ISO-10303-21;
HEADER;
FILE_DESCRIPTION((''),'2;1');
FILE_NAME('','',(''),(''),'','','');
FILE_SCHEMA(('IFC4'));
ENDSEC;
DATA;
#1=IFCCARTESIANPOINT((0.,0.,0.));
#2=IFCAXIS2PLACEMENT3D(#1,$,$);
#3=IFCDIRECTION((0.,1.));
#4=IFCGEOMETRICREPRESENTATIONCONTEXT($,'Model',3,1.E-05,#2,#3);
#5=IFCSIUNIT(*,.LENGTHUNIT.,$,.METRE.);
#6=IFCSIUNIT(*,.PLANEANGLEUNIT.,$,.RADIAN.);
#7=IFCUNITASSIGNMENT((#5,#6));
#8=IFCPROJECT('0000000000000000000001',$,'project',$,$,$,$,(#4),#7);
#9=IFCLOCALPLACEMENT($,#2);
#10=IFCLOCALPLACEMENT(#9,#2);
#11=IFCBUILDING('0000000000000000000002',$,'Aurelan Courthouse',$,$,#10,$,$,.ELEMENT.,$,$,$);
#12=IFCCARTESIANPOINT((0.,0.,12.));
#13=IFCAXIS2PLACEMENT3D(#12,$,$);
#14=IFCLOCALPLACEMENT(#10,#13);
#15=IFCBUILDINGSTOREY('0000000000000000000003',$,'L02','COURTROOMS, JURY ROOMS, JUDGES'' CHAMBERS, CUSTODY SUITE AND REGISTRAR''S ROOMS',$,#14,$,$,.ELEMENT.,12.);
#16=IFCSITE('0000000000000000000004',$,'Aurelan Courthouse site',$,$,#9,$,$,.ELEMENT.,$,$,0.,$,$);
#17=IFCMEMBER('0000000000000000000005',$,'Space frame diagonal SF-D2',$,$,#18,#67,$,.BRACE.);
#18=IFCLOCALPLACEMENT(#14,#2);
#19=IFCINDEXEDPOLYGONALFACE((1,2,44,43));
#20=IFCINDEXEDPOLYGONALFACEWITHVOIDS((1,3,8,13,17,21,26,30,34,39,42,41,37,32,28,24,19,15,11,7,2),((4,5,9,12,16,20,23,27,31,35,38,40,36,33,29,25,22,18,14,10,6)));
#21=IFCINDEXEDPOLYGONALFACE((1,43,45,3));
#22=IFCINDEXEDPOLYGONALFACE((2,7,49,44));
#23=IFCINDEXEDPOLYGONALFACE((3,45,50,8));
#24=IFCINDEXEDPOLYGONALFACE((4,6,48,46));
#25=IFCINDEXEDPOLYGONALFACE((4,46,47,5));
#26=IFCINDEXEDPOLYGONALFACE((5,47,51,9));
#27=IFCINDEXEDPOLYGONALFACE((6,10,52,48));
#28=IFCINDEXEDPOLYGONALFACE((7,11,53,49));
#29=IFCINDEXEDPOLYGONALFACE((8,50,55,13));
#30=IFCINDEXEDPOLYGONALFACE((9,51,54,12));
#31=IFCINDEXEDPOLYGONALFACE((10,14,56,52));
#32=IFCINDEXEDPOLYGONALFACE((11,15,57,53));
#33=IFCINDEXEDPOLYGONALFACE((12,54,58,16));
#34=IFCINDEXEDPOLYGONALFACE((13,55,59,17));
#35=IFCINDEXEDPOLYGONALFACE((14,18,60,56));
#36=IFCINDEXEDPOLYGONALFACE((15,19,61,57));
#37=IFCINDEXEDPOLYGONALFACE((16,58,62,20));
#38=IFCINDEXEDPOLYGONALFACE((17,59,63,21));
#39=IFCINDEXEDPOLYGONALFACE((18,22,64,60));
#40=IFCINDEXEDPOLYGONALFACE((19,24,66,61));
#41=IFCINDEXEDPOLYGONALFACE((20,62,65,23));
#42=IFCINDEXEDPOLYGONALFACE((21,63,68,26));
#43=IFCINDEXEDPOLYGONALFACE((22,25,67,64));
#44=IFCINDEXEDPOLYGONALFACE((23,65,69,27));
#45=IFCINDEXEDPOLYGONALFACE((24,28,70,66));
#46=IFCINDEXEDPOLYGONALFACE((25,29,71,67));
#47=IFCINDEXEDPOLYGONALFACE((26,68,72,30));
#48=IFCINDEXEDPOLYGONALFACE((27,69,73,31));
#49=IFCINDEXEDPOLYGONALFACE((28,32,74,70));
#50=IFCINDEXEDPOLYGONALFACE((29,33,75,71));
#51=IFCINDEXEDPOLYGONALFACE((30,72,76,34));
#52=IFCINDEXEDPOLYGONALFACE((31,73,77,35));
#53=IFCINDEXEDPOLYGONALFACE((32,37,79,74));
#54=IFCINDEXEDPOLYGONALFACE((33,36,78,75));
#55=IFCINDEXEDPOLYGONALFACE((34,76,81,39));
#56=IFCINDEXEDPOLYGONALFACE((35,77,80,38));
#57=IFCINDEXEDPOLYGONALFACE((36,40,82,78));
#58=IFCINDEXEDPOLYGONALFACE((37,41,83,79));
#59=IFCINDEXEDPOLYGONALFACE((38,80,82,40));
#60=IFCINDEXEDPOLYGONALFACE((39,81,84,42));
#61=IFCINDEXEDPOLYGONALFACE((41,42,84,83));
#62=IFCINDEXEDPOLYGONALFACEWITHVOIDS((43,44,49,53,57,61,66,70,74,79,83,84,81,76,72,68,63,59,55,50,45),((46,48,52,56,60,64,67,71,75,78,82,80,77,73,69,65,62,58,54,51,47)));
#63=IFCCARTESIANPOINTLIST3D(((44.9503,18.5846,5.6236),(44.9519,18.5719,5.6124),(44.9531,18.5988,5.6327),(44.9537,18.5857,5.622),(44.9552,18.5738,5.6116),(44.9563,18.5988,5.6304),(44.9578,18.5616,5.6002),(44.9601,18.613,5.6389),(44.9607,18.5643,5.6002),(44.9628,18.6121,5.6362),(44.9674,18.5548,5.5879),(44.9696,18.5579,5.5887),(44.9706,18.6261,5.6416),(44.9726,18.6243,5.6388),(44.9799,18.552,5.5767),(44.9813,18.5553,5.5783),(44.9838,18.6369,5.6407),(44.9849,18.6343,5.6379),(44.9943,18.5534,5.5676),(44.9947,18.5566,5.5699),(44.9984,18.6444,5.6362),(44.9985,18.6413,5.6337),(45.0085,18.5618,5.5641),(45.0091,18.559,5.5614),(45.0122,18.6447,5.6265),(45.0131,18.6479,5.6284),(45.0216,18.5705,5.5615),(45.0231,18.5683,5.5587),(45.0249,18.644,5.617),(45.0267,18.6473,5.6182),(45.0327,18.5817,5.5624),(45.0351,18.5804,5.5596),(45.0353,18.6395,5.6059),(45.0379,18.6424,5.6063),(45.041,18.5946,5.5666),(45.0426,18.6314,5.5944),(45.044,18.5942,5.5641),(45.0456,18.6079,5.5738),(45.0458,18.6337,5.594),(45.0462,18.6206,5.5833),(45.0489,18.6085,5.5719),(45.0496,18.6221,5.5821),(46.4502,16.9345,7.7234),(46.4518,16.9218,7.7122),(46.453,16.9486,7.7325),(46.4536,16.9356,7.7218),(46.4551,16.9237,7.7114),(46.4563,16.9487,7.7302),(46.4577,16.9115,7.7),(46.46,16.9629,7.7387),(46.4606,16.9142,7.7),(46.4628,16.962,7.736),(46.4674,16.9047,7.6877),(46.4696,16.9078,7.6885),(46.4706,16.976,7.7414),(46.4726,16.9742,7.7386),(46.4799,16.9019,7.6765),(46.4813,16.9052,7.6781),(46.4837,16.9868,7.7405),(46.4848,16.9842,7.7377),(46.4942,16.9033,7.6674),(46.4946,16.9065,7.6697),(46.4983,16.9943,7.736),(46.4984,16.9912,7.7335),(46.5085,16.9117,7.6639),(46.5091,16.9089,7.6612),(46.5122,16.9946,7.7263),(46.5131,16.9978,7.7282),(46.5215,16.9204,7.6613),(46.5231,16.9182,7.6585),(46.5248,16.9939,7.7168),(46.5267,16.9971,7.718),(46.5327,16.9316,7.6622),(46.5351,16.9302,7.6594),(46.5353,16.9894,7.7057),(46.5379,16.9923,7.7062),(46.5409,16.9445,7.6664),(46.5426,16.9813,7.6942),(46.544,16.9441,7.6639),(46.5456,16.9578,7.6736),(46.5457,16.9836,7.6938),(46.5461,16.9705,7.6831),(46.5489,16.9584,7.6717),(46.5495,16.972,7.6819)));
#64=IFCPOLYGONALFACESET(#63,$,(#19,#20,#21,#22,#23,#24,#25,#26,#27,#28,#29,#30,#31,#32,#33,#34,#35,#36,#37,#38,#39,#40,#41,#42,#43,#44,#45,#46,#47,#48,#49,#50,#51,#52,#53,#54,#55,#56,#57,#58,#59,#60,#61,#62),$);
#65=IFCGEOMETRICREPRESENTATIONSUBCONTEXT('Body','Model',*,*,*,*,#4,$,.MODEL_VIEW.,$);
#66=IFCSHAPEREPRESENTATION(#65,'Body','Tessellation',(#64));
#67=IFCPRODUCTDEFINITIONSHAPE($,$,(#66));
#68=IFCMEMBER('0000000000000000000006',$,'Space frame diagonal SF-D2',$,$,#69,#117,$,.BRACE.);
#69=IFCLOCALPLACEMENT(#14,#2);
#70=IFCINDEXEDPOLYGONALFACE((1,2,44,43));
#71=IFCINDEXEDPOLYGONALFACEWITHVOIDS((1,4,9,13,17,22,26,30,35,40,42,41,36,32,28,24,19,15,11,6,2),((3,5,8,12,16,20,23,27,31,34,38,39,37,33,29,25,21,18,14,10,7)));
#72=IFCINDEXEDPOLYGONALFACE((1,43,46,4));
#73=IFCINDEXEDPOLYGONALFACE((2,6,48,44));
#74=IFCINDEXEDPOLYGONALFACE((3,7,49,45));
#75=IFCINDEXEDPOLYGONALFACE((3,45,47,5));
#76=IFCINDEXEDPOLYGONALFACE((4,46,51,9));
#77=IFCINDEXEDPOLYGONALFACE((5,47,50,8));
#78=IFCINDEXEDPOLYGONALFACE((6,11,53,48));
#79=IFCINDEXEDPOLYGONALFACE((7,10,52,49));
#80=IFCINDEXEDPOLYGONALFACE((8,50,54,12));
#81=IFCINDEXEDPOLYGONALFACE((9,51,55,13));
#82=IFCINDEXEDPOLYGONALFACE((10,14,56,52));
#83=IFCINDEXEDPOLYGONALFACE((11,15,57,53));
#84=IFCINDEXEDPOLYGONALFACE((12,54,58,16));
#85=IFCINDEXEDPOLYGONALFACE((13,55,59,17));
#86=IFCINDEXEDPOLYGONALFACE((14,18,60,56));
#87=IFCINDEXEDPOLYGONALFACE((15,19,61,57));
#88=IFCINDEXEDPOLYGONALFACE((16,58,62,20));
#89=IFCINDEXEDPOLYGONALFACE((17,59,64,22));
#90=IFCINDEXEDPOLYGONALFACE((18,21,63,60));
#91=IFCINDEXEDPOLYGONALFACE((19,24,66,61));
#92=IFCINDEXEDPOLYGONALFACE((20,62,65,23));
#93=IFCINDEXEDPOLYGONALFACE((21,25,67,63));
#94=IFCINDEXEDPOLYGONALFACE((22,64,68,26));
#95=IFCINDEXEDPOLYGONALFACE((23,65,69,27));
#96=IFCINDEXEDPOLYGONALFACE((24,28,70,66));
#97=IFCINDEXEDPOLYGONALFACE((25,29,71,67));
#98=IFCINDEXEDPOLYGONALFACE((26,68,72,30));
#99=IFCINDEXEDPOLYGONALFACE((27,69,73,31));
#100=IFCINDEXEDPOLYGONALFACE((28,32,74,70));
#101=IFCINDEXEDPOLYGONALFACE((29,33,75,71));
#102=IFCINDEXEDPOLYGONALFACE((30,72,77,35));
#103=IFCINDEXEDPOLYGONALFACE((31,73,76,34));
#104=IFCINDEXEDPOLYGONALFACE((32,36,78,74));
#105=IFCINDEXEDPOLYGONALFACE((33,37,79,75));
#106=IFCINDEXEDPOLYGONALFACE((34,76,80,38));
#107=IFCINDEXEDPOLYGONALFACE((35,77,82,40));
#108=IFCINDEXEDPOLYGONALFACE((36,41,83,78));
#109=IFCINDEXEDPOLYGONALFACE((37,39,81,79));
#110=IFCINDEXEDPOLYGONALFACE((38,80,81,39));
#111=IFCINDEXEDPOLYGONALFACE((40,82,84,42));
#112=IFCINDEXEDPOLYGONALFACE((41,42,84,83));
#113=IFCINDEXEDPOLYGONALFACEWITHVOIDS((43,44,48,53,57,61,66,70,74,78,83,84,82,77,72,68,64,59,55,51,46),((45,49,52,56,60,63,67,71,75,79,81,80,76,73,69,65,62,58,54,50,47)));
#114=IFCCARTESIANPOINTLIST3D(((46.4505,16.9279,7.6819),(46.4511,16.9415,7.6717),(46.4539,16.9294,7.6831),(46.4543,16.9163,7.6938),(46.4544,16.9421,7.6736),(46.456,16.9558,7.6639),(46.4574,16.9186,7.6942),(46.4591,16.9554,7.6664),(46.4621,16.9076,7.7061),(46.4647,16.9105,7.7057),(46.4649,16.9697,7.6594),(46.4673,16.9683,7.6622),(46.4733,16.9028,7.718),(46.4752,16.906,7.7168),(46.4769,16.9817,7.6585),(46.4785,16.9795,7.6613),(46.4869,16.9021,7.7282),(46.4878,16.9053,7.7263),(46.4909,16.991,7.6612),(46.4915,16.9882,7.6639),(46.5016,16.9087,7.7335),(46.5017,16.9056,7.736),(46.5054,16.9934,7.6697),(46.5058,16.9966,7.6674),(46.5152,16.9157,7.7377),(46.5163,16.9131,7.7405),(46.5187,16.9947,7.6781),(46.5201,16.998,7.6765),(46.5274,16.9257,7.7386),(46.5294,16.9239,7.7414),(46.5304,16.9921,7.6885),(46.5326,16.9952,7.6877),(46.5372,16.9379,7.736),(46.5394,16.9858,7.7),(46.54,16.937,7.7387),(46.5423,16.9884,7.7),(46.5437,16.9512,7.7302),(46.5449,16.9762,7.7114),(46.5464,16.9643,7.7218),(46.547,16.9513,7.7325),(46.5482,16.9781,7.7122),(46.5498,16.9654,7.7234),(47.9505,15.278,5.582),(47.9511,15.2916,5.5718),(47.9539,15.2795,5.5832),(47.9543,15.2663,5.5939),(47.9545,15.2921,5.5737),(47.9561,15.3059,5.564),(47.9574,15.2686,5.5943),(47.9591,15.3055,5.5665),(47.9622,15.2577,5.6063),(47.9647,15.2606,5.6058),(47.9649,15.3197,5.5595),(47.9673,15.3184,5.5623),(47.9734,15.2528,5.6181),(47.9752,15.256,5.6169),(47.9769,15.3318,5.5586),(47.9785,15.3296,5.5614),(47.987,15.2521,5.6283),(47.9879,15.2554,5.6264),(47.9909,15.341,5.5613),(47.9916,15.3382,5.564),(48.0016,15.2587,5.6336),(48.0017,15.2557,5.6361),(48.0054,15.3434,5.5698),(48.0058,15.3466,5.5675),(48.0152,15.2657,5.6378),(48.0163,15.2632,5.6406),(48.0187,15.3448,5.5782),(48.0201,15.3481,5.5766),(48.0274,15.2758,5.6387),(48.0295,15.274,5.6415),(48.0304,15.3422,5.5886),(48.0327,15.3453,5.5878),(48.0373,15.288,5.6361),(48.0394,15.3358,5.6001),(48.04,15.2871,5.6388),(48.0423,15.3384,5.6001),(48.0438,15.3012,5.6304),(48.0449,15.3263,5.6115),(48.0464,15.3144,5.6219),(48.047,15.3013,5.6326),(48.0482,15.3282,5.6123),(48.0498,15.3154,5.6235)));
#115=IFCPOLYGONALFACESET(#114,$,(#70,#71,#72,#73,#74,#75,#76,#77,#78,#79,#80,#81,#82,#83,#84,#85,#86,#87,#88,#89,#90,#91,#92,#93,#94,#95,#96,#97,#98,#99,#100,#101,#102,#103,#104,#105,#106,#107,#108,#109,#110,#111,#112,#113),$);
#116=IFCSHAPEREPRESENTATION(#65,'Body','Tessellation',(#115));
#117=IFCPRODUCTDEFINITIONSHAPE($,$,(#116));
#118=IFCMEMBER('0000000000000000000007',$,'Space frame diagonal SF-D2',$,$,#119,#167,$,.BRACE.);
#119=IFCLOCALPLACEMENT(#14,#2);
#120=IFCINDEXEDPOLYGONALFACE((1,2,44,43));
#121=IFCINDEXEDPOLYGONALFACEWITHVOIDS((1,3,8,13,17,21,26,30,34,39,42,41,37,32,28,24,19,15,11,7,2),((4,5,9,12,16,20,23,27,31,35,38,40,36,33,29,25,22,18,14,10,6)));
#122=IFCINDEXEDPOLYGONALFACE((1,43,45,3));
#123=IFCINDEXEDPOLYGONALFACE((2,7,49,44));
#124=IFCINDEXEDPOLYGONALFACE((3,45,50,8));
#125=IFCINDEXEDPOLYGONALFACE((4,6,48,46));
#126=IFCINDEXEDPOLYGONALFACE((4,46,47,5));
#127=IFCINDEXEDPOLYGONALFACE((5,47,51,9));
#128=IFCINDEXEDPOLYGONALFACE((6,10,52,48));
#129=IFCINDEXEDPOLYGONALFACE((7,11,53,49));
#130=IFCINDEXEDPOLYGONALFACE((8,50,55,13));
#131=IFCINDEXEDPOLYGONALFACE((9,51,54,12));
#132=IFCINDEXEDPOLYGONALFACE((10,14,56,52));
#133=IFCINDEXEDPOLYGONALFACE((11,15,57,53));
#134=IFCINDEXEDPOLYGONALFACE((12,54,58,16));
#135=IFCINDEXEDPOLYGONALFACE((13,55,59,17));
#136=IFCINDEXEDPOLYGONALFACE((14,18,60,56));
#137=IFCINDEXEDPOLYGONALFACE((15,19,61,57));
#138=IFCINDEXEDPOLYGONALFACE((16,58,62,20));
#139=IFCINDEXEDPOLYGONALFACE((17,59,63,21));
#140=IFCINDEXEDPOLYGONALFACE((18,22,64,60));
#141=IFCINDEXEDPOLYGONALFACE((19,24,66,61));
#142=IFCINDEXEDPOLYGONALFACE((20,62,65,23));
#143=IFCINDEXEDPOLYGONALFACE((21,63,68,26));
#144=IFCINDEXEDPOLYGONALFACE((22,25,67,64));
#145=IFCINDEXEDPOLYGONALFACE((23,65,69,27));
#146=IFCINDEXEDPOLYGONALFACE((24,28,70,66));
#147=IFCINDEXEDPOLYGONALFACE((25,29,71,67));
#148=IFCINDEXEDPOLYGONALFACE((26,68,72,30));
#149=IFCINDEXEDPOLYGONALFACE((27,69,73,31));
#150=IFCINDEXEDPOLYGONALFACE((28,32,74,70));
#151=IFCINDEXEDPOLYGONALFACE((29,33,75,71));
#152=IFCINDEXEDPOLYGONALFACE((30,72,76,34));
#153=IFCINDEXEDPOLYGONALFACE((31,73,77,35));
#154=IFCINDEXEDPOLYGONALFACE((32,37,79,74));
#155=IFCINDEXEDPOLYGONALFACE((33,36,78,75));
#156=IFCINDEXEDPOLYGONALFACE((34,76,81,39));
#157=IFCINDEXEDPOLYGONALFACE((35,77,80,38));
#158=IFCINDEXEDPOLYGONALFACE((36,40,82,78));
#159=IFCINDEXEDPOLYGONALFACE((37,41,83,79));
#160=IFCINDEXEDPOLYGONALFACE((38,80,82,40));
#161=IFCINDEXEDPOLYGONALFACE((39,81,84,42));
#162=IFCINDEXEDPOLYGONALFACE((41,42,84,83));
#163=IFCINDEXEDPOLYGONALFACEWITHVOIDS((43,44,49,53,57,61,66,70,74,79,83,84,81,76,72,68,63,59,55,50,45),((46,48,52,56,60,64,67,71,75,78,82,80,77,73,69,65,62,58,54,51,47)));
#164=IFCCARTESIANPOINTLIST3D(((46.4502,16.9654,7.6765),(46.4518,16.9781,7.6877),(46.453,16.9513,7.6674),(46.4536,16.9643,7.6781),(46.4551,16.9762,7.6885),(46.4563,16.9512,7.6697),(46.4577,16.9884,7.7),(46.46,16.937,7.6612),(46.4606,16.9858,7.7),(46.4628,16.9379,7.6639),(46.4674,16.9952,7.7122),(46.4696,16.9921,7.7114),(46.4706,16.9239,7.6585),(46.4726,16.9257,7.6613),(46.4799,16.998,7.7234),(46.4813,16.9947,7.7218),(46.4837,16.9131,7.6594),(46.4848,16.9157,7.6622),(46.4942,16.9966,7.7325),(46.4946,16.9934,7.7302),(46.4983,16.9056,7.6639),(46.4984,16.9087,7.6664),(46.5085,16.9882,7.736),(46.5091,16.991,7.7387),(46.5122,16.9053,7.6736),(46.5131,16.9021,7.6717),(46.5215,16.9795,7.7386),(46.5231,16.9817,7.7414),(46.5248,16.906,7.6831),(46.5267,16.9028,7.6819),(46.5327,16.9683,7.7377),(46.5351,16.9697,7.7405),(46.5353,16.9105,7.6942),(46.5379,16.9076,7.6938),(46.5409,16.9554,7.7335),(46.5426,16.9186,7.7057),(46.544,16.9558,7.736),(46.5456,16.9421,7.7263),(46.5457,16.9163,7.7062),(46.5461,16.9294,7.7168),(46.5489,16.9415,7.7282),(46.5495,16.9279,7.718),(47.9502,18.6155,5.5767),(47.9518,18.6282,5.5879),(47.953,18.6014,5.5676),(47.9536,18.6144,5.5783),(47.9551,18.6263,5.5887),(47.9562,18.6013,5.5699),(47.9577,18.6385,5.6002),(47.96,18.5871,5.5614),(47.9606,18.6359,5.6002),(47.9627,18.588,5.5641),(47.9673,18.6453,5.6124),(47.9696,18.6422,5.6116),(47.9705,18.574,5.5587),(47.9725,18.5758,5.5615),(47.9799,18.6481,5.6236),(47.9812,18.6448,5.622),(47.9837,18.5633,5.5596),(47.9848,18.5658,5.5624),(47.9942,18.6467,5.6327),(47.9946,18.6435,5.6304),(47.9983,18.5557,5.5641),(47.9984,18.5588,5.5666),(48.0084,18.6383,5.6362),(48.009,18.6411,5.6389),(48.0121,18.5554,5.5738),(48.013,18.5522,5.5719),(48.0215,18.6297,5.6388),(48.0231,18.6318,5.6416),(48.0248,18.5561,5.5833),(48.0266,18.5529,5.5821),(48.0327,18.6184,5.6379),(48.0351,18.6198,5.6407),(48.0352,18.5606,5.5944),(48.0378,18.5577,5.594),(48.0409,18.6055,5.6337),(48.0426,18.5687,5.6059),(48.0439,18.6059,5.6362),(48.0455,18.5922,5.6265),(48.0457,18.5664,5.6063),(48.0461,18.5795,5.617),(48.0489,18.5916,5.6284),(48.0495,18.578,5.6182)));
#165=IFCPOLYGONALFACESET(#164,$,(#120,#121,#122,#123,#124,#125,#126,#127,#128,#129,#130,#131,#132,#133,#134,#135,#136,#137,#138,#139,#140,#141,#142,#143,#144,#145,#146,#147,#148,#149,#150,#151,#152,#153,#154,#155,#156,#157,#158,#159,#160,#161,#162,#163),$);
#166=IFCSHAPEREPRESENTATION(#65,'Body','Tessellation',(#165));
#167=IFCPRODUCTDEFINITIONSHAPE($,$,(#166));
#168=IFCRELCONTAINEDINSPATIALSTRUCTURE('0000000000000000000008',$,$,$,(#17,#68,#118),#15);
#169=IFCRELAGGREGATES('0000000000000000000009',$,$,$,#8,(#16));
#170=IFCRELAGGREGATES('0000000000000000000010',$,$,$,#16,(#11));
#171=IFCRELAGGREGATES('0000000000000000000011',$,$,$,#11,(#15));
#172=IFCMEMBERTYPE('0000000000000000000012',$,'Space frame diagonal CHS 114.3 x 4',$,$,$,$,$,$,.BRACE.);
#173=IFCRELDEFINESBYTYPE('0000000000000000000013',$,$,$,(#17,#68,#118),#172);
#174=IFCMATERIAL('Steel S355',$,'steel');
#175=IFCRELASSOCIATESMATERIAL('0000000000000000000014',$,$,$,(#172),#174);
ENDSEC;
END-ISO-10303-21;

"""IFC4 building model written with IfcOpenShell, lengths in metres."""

from ifc_helpers import new_model, si_unit, direction, frame, origin, origin_2d, place, context, subcontext, project, spatial, hollow_circle, extrude, material, material_profile, profile_set, type_object, element, save


model = new_model("IFC4")

# Units and contexts
model_context = context("Model", 3, precision=1e-05, world=origin(), true_north=direction((0.0, 1.0)))
body_context = subcontext(model_context, "Body", "Model", "MODEL_VIEW")
ifc_project = project(units=[si_unit("LENGTHUNIT", "METRE"), si_unit("PLANEANGLEUNIT", "RADIAN")], contexts=[model_context])

# Site, building, storey
site_placement = place(None, origin())
site = spatial("IfcSite", under=ifc_project, at=site_placement, Name="Aurelan Courthouse site", CompositionType="ELEMENT", RefElevation=0.0)
building_placement = place(site_placement, origin())
building = spatial("IfcBuilding", under=site, at=building_placement, Name="Aurelan Courthouse", CompositionType="ELEMENT")
storey_placement = place(building_placement, frame((0.0, 0.0, 12.0)))
storey = spatial("IfcBuildingStorey", under=building, at=storey_placement, Name="L02", Description="COURTROOMS, JURY ROOMS, JUDGES' CHAMBERS, CUSTODY SUITE AND REGISTRAR'S ROOMS", CompositionType="ELEMENT", Elevation=12.0)

# Members
ifc_material_1 = material(Name="Steel S355", Category="steel")
ifc_material_profile_1 = material_profile(ifc_material_1, hollow_circle(Radius=0.0571, WallThickness=0.0039, at=origin_2d()), Name="CHS 114.3 x 4")
ifc_profile_set_1 = profile_set([ifc_material_profile_1], Name="Steel S355")
member_type_1 = type_object("IfcMemberType", Name="Space frame diagonal CHS 114.3 x 4", PredefinedType="BRACE", material=ifc_profile_set_1)
for number, where, z_axis, x_axis, name in (
    (1, (46.5, 16.95, 7.7), (-0.489706, 0.538724, -0.68554), (-0.73997, -0.67264, 0.0), "Space frame diagonal SF-D2"),
    (2, (46.5, 16.95, 7.7), (0.489727, -0.538667, -0.685569), (0.73992, 0.672695, 0.0), "Space frame diagonal SF-D2"),
    (3, (46.5, 16.95, 7.7), (0.489706, 0.538724, -0.68554), (-0.73997, 0.67264, 0.0), "Space frame diagonal SF-D2"),
):
    element("IfcMember", number, at=place(storey_placement, frame(where, z_axis=z_axis, x_axis=x_axis)), inside=storey, type_object=member_type_1, Name=name, PredefinedType="BRACE", context=body_context, shape_type="SweptSolid", body=[
        extrude(hollow_circle(Radius=0.0571, WallThickness=0.0039, at=origin_2d()), origin(), (0.0, 0.0, 1.0), 3.063),
    ])

save(model, "model.ifc")
